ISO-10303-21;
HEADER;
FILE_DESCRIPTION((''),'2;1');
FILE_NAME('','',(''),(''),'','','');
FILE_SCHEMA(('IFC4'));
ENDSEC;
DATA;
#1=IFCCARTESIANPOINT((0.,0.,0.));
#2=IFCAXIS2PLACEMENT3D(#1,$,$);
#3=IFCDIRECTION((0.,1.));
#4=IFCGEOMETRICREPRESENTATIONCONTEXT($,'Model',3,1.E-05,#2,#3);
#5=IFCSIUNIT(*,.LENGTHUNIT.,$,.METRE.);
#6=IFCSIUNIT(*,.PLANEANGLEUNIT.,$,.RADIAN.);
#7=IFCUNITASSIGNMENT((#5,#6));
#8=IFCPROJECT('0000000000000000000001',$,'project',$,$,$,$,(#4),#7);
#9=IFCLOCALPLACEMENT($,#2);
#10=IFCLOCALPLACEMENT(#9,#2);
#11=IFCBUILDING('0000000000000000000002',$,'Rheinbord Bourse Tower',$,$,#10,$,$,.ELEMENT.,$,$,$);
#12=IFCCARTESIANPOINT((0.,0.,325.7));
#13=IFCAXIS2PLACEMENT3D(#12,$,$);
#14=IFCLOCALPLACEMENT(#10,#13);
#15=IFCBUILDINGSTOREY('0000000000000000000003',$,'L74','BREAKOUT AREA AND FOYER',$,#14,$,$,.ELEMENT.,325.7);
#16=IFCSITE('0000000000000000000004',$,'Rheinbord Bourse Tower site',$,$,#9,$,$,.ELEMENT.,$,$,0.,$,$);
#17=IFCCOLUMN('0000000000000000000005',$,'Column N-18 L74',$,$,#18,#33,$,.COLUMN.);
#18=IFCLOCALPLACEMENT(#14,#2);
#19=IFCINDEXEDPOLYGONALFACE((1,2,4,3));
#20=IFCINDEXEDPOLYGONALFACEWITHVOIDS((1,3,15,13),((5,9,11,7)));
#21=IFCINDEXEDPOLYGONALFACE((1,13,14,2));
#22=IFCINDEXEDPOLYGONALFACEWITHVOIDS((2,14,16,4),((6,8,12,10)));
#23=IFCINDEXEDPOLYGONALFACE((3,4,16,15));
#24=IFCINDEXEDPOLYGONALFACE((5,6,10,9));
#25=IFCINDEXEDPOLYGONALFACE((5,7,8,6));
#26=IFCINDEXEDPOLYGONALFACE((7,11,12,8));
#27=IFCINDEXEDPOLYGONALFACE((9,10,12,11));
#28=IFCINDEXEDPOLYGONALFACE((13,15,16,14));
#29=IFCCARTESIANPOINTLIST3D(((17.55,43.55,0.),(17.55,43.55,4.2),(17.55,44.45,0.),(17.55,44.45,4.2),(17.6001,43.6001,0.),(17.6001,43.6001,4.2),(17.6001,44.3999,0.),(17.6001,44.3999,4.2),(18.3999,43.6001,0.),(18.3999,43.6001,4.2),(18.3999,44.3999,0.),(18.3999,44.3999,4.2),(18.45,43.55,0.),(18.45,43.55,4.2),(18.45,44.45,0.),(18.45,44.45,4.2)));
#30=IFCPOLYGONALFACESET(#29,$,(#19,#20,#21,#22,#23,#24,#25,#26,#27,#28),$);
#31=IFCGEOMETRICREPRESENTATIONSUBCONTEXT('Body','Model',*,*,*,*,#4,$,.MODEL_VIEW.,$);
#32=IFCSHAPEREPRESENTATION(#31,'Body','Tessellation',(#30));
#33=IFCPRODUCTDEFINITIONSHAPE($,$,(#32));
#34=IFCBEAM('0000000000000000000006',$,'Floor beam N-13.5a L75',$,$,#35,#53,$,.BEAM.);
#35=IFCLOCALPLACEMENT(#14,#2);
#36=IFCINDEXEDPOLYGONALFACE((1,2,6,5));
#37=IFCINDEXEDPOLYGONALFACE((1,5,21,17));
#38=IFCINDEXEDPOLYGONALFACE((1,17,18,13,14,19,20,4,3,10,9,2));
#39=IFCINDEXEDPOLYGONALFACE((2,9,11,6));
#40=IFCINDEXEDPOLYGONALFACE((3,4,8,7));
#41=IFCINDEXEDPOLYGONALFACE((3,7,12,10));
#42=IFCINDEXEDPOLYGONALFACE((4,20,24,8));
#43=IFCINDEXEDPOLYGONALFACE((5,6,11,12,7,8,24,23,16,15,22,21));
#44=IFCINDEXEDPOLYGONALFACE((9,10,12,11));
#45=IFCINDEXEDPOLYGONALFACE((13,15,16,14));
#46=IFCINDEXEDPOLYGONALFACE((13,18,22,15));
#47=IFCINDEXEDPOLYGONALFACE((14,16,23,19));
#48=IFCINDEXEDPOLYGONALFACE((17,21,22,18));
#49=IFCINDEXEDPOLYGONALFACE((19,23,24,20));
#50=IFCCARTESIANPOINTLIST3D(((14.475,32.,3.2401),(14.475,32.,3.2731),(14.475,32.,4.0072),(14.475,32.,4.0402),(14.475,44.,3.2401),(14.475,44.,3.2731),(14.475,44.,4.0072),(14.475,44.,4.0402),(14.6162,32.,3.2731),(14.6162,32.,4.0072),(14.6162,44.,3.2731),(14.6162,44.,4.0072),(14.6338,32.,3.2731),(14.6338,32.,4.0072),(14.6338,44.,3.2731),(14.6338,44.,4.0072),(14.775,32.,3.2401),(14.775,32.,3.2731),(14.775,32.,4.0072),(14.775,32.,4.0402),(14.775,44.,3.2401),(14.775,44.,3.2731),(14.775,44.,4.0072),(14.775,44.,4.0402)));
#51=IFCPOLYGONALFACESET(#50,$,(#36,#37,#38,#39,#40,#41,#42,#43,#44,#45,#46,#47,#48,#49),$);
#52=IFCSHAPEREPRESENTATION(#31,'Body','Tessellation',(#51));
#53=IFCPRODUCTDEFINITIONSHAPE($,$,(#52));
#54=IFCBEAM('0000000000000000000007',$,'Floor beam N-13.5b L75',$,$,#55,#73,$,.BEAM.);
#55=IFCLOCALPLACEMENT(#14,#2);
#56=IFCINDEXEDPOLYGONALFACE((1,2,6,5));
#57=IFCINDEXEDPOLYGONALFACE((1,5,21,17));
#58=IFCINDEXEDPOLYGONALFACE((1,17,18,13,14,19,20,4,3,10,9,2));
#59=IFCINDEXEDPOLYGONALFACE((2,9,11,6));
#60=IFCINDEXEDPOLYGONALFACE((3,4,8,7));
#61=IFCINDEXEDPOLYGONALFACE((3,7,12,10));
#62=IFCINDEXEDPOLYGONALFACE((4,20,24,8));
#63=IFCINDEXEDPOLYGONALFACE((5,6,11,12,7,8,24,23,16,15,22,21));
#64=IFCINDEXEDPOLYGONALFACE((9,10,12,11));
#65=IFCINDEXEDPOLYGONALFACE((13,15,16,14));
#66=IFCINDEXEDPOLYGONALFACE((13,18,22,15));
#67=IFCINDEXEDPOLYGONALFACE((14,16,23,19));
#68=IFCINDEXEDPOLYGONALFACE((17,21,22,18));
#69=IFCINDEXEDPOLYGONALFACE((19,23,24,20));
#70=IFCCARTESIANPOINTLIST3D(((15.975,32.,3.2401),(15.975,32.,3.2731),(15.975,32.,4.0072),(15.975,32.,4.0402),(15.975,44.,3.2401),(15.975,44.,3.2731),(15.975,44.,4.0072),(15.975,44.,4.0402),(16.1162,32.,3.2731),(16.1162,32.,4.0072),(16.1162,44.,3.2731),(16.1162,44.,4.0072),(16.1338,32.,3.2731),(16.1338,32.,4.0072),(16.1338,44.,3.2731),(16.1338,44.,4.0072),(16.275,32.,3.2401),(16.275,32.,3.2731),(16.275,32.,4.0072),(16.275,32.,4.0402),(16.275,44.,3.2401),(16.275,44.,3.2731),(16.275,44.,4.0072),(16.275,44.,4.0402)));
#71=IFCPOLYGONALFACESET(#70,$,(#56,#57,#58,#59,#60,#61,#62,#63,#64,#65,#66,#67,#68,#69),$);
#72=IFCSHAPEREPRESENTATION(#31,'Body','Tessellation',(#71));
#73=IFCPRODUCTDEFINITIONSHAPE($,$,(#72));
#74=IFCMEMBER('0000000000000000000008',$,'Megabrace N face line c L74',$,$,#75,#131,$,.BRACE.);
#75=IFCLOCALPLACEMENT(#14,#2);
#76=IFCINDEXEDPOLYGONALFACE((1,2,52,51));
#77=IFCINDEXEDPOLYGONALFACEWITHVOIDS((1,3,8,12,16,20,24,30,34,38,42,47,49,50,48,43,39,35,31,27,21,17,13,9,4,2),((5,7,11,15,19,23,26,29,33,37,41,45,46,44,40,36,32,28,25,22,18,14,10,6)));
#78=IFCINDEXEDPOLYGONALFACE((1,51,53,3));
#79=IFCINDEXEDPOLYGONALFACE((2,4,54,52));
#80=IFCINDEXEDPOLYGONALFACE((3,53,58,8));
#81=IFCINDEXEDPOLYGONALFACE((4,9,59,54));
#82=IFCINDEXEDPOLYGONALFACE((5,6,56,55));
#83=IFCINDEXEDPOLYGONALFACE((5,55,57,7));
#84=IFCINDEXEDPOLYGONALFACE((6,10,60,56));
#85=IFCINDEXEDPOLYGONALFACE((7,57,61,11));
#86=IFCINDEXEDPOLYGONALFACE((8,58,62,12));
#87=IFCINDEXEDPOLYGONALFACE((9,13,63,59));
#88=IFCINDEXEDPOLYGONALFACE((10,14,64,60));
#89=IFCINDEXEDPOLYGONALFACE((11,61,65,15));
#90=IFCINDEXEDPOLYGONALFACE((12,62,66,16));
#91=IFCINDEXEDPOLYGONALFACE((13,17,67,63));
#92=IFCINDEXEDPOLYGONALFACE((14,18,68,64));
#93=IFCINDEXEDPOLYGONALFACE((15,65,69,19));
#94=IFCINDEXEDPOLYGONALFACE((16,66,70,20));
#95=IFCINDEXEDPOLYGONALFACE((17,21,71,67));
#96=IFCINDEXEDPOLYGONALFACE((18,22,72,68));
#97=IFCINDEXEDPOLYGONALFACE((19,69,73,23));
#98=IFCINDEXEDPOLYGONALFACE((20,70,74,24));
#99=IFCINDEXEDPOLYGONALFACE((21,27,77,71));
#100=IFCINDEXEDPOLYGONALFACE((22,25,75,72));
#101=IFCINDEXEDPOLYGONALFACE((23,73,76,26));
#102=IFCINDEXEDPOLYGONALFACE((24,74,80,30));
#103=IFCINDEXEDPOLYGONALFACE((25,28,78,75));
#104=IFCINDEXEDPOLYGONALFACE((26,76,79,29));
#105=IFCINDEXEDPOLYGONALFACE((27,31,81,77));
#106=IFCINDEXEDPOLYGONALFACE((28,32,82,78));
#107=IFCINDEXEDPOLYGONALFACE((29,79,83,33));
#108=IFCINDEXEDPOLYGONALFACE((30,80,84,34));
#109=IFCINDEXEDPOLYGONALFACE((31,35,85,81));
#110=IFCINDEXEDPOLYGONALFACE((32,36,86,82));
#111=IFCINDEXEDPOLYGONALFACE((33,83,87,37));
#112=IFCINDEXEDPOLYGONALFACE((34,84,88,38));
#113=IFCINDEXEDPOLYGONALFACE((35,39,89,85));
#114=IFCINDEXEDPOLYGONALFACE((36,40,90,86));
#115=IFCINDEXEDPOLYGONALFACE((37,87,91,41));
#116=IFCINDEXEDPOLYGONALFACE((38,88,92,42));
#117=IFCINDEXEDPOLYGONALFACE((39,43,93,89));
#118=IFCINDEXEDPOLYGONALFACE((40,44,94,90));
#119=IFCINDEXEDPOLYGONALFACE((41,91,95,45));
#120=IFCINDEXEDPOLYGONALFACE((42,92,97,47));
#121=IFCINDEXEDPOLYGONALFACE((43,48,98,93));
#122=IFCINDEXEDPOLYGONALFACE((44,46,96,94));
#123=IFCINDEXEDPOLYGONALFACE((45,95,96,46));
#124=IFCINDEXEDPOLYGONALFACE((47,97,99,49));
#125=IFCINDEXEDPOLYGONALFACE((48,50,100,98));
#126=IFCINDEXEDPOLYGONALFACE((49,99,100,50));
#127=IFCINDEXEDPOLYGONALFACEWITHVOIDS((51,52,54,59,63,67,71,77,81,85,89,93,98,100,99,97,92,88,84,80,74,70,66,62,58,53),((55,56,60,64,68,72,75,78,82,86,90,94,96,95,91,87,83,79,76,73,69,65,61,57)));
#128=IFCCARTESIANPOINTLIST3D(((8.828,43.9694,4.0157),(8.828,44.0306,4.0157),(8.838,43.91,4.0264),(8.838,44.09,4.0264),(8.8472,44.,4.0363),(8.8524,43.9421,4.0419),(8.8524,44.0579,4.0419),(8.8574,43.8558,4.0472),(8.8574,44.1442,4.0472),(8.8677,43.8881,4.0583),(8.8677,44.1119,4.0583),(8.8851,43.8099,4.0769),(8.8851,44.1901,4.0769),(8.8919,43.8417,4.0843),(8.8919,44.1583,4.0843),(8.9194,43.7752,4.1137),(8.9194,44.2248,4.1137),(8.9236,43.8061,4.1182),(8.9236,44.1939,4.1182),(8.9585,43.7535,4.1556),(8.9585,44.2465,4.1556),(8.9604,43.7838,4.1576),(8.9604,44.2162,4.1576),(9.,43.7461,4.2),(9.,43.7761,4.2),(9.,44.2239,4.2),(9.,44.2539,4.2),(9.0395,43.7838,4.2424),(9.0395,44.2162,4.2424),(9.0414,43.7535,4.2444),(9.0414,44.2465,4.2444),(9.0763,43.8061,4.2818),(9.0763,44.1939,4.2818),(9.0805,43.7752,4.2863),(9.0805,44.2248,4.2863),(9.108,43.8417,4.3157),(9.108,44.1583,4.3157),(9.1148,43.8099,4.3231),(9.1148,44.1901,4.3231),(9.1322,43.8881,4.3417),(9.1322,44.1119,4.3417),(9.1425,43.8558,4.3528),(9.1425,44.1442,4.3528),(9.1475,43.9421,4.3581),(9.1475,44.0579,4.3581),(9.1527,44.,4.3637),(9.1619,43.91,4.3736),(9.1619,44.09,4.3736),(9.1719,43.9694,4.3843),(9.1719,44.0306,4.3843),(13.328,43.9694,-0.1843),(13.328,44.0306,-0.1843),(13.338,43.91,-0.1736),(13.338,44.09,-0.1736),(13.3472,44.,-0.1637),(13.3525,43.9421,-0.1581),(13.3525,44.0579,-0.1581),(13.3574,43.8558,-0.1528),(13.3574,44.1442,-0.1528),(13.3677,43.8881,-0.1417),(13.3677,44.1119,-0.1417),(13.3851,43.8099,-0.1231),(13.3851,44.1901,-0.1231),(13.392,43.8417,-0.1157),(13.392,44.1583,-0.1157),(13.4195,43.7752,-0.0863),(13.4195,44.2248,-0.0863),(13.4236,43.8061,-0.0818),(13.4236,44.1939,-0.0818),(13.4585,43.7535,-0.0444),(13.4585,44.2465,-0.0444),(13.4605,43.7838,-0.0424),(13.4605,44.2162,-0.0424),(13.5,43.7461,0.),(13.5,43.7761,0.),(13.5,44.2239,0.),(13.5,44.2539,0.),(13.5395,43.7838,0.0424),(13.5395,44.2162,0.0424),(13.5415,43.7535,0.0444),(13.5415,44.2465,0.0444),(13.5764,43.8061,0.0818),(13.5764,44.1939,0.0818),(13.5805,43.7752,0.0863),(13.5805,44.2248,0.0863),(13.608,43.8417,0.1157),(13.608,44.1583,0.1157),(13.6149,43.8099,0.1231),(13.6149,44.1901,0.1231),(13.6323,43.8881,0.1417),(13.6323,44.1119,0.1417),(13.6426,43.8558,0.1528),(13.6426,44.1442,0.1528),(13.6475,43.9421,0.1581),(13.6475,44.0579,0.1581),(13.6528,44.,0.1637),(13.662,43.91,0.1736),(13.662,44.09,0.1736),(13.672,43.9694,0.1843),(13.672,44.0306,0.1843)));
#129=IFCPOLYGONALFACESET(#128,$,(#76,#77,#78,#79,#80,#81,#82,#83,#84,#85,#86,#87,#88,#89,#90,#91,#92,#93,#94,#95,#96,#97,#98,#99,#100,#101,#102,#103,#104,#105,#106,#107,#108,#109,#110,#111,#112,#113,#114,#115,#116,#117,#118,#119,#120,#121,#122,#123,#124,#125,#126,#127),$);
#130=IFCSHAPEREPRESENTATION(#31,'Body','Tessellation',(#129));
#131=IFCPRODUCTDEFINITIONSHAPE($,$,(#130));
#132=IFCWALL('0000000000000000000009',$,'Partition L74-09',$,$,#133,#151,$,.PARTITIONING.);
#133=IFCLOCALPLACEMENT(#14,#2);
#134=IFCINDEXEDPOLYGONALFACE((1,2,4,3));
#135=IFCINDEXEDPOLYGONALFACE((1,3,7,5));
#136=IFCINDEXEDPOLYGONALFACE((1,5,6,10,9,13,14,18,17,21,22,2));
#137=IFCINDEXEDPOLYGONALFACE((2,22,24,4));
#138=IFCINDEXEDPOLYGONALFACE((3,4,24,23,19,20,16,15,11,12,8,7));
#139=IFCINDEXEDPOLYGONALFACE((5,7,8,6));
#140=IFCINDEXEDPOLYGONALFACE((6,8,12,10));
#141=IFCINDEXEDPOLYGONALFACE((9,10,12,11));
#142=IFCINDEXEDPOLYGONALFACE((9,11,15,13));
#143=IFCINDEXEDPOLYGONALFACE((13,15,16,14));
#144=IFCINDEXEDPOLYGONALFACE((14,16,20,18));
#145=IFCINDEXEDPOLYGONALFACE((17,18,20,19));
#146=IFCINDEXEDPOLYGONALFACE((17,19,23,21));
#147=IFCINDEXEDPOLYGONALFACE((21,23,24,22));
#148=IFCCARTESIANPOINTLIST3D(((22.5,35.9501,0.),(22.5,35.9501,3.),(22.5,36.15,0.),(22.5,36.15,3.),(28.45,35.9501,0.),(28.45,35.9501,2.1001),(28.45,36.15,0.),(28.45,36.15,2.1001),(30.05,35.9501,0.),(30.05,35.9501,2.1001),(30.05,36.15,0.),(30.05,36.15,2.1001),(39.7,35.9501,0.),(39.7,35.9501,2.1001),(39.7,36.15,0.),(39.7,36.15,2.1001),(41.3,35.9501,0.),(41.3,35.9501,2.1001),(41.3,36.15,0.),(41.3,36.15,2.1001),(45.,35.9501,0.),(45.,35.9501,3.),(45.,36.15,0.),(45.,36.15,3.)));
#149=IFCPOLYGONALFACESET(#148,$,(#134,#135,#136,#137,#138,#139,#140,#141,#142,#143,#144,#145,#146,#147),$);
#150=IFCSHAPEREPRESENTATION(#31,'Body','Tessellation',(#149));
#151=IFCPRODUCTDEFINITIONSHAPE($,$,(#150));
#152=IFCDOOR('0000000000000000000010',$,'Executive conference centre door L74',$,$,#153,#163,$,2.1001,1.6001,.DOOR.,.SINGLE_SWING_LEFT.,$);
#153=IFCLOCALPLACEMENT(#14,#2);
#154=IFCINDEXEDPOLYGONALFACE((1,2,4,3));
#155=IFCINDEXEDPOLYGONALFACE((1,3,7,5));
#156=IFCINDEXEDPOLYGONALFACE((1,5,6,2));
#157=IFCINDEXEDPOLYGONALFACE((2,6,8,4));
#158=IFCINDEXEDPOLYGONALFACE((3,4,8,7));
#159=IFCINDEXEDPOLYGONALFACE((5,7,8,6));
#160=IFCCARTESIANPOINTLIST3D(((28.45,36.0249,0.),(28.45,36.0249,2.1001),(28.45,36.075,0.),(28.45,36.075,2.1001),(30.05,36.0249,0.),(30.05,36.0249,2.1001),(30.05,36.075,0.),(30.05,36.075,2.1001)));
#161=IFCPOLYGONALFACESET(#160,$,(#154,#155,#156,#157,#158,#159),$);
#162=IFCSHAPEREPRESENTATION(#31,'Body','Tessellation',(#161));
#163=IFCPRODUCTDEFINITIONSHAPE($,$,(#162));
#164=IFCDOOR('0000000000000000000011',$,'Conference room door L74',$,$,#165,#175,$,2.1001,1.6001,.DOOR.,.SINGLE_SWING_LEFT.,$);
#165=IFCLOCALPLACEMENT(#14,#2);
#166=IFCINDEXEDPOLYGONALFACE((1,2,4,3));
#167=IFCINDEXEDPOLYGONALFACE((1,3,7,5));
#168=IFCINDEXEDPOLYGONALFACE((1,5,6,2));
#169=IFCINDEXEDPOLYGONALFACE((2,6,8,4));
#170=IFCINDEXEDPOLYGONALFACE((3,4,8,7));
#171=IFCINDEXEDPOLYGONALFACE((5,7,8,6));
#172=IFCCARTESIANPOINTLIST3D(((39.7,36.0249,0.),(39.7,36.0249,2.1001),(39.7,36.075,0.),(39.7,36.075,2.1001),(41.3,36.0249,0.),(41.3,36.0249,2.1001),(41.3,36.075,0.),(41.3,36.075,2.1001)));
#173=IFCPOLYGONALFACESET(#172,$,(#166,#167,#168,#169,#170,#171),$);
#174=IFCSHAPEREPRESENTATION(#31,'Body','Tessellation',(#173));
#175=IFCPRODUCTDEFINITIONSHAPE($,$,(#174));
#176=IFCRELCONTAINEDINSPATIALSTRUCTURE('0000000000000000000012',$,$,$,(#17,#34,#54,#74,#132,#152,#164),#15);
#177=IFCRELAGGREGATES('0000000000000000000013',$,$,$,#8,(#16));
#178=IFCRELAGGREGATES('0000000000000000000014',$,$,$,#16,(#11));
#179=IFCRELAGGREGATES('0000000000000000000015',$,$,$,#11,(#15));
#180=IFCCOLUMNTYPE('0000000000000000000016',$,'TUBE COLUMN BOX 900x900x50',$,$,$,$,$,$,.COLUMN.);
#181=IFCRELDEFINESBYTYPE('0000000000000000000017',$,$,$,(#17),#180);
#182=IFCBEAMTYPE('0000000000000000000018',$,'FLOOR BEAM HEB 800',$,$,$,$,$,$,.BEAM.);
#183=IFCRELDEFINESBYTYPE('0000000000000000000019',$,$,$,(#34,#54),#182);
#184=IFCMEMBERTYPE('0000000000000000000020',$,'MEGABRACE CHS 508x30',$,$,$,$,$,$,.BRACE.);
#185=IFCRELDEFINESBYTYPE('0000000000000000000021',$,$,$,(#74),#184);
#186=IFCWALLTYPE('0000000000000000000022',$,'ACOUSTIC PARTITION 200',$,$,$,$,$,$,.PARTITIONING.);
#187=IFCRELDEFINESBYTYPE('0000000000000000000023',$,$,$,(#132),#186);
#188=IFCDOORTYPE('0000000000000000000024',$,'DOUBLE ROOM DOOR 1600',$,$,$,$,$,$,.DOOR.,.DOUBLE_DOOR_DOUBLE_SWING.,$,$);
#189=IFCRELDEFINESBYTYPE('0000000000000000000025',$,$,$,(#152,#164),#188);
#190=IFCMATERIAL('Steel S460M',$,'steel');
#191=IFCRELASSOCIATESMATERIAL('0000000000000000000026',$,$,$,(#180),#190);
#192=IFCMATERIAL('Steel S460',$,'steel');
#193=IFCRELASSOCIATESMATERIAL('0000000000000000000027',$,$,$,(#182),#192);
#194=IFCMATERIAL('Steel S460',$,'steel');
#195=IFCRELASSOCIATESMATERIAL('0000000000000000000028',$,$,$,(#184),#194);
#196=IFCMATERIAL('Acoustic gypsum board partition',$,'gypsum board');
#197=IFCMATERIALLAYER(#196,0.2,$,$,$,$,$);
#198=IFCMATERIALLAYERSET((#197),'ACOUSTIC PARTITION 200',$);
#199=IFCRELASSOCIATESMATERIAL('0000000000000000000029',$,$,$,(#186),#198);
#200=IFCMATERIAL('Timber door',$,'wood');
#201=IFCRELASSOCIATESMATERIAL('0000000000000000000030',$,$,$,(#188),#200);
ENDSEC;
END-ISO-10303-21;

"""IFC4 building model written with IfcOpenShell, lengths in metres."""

from ifc_helpers import new_model, si_unit, direction, frame, frame_2d, origin, origin_2d, place, context, subcontext, project, spatial, rectangle, hollow_rectangle, hollow_circle, i_section, extrude, material, layer, layer_set, material_profile, profile_set, type_object, element, fill, save


model = new_model("IFC4")

# Units and contexts
model_context = context("Model", 3, precision=1e-05, world=origin(), true_north=direction((0.0, 1.0)))
body_context = subcontext(model_context, "Body", "Model", "MODEL_VIEW")
ifc_project = project(units=[si_unit("LENGTHUNIT", "METRE"), si_unit("PLANEANGLEUNIT", "RADIAN")], contexts=[model_context])

# Site, building, storey
site_placement = place(None, origin())
site = spatial("IfcSite", under=ifc_project, at=site_placement, Name="Rheinbord Bourse Tower site", CompositionType="ELEMENT", RefElevation=0.0)
building_placement = place(site_placement, origin())
building = spatial("IfcBuilding", under=site, at=building_placement, Name="Rheinbord Bourse Tower", CompositionType="ELEMENT")
storey_placement = place(building_placement, frame((0.0, 0.0, 325.7)))
storey = spatial("IfcBuildingStorey", under=building, at=storey_placement, Name="L74", Description="BREAKOUT AREA AND FOYER", CompositionType="ELEMENT", Elevation=325.7)

# Column
ifc_material_1 = material(Name="Steel S460M", Category="steel")
ifc_material_profile_1 = material_profile(ifc_material_1, hollow_rectangle(XDim=0.8999, YDim=0.8999, WallThickness=0.05, at=origin_2d()), Name="BOX 900x900x50")
ifc_profile_set_1 = profile_set([ifc_material_profile_1], Name="Steel S460M")
column_type = type_object("IfcColumnType", Name="TUBE COLUMN BOX 900x900x50", PredefinedType="COLUMN", material=ifc_profile_set_1)
column_placement = place(storey_placement, frame((18.0, 44.0, 0.0), z_axis=(0.0, 0.0, 1.0), x_axis=(0.0, 1.0, 0.0)))
element("IfcColumn", 1, at=column_placement, inside=storey, type_object=column_type, Name="Column N-18 L74", PredefinedType="COLUMN", context=body_context, shape_type="SweptSolid", body=[
    extrude(hollow_rectangle(XDim=0.8999, YDim=0.8999, WallThickness=0.05, at=origin_2d()), origin(), (0.0, 0.0, 1.0), 4.2),
])

# Beams
ifc_material_2 = material(Name="Steel S460", Category="steel")
ifc_material_profile_2 = material_profile(ifc_material_2, i_section(OverallWidth=0.3, OverallDepth=0.8, WebThickness=0.0176, FlangeThickness=0.033, at=origin_2d()), Name="HEB 800")
ifc_profile_set_2 = profile_set([ifc_material_profile_2], Name="Steel S460")
beam_type = type_object("IfcBeamType", Name="FLOOR BEAM HEB 800", PredefinedType="BEAM", material=ifc_profile_set_2)
for number, where, z_axis, x_axis, name in (
    (2, (14.625, 44.0, 3.6401), (0.0, -1.0, 0.0), (1.0, 0.0, 0.0), "Floor beam N-13.5a L75"),
    (3, (16.125, 44.0, 3.6401), (0.0, -1.0, 0.0), (1.0, 0.0, 0.0), "Floor beam N-13.5b L75"),
):
    element("IfcBeam", number, at=place(storey_placement, frame(where, z_axis=z_axis, x_axis=x_axis)), inside=storey, type_object=beam_type, Name=name, PredefinedType="BEAM", context=body_context, shape_type="SweptSolid", body=[
        extrude(i_section(OverallWidth=0.3, OverallDepth=0.8, WebThickness=0.0176, FlangeThickness=0.033, at=origin_2d()), origin(), (0.0, 0.0, 1.0), 12.0),
    ])

# Member
ifc_material_3 = material(Name="Steel S460", Category="steel")
ifc_material_profile_3 = material_profile(ifc_material_3, hollow_circle(Radius=0.2539, WallThickness=0.03, at=origin_2d()), Name="CHS 508x30")
ifc_profile_set_3 = profile_set([ifc_material_profile_3], Name="Steel S460")
member_type = type_object("IfcMemberType", Name="MEGABRACE CHS 508x30", PredefinedType="BRACE", material=ifc_profile_set_3)
member_placement = place(storey_placement, frame((13.5, 44.0, 0.0), z_axis=(-0.731059, 0.0, 0.682314), x_axis=(0.0, -1.0, 0.0)))
element("IfcMember", 4, at=member_placement, inside=storey, type_object=member_type, Name="Megabrace N face line c L74", PredefinedType="BRACE", context=body_context, shape_type="SweptSolid", body=[
    extrude(hollow_circle(Radius=0.2539, WallThickness=0.03, at=origin_2d()), origin(), (0.0, 0.0, 1.0), 6.1555),
])

# Wall, openings, doors
ifc_material_4 = material(Name="Acoustic gypsum board partition", Category="gypsum board")
ifc_layer_1 = layer(ifc_material_4, 0.2)
ifc_layer_set_1 = layer_set([ifc_layer_1], Name="ACOUSTIC PARTITION 200")
wall_type_1 = type_object("IfcWallType", Name="ACOUSTIC PARTITION 200", PredefinedType="PARTITIONING", material=ifc_layer_set_1)
wall_1_placement = place(storey_placement, frame((22.5, 36.05, 0.0), z_axis=(0.0, 0.0, 1.0), x_axis=(1.0, 0.0, 0.0)))
wall_1 = element("IfcWall", 5, at=wall_1_placement, inside=storey, type_object=wall_type_1, Name="Partition L74-09", PredefinedType="PARTITIONING", context=body_context, shape_type="SweptSolid", body=[
    extrude(rectangle(XDim=22.5, YDim=0.2, at=frame_2d((11.25, 0.0))), origin(), (0.0, 0.0, 1.0), 3.0),
])
opening_1_placement = place(wall_1_placement, frame((5.95, 0.0, 0.0)))
opening_1 = element("IfcOpeningElement", 6, at=opening_1_placement, cuts=wall_1, PredefinedType="OPENING", context=body_context, shape_type="SweptSolid", body=[
    extrude(rectangle(XDim=1.6001, YDim=2.1001, at=frame_2d((0.8, 1.05))), frame((0.0, 0.1099, 0.0), z_axis=(0.0, -1.0, 0.0), x_axis=(1.0, 0.0, 0.0)), (0.0, 0.0, 1.0), 0.22),
])
opening_2_placement = place(wall_1_placement, frame((17.2, 0.0, 0.0)))
opening_2 = element("IfcOpeningElement", 7, at=opening_2_placement, cuts=wall_1, PredefinedType="OPENING", context=body_context, shape_type="SweptSolid", body=[
    extrude(rectangle(XDim=1.6001, YDim=2.1001, at=frame_2d((0.8, 1.05))), frame((0.0, 0.1099, 0.0), z_axis=(0.0, -1.0, 0.0), x_axis=(1.0, 0.0, 0.0)), (0.0, 0.0, 1.0), 0.22),
])
ifc_material_5 = material(Name="Timber door", Category="wood")
door_type = type_object("IfcDoorType", Name="DOUBLE ROOM DOOR 1600", OperationType="DOUBLE_DOOR_DOUBLE_SWING", PredefinedType="DOOR", material=ifc_material_5)
door_1_placement = place(opening_1_placement, origin())
door_1 = element("IfcDoor", 8, at=door_1_placement, inside=storey, type_object=door_type, Name="Executive conference centre door L74", OperationType="SINGLE_SWING_LEFT", OverallHeight=2.1001, OverallWidth=1.6001, PredefinedType="DOOR", context=body_context, shape_type="SweptSolid", body=[
    extrude(rectangle(XDim=1.6001, YDim=2.1001, at=frame_2d((0.8, 1.05))), frame((0.0, 0.0249, 0.0), z_axis=(0.0, -1.0, 0.0), x_axis=(1.0, 0.0, 0.0)), (0.0, 0.0, 1.0), 0.05),
])
fill(opening_1, door_1)
door_2_placement = place(opening_2_placement, origin())
door_2 = element("IfcDoor", 9, at=door_2_placement, inside=storey, type_object=door_type, Name="Conference room door L74", OperationType="SINGLE_SWING_LEFT", OverallHeight=2.1001, OverallWidth=1.6001, PredefinedType="DOOR", context=body_context, shape_type="SweptSolid", body=[
    extrude(rectangle(XDim=1.6001, YDim=2.1001, at=frame_2d((0.8, 1.05))), frame((0.0, 0.0249, 0.0), z_axis=(0.0, -1.0, 0.0), x_axis=(1.0, 0.0, 0.0)), (0.0, 0.0, 1.0), 0.05),
])
fill(opening_2, door_2)

save(model, "model.ifc")
